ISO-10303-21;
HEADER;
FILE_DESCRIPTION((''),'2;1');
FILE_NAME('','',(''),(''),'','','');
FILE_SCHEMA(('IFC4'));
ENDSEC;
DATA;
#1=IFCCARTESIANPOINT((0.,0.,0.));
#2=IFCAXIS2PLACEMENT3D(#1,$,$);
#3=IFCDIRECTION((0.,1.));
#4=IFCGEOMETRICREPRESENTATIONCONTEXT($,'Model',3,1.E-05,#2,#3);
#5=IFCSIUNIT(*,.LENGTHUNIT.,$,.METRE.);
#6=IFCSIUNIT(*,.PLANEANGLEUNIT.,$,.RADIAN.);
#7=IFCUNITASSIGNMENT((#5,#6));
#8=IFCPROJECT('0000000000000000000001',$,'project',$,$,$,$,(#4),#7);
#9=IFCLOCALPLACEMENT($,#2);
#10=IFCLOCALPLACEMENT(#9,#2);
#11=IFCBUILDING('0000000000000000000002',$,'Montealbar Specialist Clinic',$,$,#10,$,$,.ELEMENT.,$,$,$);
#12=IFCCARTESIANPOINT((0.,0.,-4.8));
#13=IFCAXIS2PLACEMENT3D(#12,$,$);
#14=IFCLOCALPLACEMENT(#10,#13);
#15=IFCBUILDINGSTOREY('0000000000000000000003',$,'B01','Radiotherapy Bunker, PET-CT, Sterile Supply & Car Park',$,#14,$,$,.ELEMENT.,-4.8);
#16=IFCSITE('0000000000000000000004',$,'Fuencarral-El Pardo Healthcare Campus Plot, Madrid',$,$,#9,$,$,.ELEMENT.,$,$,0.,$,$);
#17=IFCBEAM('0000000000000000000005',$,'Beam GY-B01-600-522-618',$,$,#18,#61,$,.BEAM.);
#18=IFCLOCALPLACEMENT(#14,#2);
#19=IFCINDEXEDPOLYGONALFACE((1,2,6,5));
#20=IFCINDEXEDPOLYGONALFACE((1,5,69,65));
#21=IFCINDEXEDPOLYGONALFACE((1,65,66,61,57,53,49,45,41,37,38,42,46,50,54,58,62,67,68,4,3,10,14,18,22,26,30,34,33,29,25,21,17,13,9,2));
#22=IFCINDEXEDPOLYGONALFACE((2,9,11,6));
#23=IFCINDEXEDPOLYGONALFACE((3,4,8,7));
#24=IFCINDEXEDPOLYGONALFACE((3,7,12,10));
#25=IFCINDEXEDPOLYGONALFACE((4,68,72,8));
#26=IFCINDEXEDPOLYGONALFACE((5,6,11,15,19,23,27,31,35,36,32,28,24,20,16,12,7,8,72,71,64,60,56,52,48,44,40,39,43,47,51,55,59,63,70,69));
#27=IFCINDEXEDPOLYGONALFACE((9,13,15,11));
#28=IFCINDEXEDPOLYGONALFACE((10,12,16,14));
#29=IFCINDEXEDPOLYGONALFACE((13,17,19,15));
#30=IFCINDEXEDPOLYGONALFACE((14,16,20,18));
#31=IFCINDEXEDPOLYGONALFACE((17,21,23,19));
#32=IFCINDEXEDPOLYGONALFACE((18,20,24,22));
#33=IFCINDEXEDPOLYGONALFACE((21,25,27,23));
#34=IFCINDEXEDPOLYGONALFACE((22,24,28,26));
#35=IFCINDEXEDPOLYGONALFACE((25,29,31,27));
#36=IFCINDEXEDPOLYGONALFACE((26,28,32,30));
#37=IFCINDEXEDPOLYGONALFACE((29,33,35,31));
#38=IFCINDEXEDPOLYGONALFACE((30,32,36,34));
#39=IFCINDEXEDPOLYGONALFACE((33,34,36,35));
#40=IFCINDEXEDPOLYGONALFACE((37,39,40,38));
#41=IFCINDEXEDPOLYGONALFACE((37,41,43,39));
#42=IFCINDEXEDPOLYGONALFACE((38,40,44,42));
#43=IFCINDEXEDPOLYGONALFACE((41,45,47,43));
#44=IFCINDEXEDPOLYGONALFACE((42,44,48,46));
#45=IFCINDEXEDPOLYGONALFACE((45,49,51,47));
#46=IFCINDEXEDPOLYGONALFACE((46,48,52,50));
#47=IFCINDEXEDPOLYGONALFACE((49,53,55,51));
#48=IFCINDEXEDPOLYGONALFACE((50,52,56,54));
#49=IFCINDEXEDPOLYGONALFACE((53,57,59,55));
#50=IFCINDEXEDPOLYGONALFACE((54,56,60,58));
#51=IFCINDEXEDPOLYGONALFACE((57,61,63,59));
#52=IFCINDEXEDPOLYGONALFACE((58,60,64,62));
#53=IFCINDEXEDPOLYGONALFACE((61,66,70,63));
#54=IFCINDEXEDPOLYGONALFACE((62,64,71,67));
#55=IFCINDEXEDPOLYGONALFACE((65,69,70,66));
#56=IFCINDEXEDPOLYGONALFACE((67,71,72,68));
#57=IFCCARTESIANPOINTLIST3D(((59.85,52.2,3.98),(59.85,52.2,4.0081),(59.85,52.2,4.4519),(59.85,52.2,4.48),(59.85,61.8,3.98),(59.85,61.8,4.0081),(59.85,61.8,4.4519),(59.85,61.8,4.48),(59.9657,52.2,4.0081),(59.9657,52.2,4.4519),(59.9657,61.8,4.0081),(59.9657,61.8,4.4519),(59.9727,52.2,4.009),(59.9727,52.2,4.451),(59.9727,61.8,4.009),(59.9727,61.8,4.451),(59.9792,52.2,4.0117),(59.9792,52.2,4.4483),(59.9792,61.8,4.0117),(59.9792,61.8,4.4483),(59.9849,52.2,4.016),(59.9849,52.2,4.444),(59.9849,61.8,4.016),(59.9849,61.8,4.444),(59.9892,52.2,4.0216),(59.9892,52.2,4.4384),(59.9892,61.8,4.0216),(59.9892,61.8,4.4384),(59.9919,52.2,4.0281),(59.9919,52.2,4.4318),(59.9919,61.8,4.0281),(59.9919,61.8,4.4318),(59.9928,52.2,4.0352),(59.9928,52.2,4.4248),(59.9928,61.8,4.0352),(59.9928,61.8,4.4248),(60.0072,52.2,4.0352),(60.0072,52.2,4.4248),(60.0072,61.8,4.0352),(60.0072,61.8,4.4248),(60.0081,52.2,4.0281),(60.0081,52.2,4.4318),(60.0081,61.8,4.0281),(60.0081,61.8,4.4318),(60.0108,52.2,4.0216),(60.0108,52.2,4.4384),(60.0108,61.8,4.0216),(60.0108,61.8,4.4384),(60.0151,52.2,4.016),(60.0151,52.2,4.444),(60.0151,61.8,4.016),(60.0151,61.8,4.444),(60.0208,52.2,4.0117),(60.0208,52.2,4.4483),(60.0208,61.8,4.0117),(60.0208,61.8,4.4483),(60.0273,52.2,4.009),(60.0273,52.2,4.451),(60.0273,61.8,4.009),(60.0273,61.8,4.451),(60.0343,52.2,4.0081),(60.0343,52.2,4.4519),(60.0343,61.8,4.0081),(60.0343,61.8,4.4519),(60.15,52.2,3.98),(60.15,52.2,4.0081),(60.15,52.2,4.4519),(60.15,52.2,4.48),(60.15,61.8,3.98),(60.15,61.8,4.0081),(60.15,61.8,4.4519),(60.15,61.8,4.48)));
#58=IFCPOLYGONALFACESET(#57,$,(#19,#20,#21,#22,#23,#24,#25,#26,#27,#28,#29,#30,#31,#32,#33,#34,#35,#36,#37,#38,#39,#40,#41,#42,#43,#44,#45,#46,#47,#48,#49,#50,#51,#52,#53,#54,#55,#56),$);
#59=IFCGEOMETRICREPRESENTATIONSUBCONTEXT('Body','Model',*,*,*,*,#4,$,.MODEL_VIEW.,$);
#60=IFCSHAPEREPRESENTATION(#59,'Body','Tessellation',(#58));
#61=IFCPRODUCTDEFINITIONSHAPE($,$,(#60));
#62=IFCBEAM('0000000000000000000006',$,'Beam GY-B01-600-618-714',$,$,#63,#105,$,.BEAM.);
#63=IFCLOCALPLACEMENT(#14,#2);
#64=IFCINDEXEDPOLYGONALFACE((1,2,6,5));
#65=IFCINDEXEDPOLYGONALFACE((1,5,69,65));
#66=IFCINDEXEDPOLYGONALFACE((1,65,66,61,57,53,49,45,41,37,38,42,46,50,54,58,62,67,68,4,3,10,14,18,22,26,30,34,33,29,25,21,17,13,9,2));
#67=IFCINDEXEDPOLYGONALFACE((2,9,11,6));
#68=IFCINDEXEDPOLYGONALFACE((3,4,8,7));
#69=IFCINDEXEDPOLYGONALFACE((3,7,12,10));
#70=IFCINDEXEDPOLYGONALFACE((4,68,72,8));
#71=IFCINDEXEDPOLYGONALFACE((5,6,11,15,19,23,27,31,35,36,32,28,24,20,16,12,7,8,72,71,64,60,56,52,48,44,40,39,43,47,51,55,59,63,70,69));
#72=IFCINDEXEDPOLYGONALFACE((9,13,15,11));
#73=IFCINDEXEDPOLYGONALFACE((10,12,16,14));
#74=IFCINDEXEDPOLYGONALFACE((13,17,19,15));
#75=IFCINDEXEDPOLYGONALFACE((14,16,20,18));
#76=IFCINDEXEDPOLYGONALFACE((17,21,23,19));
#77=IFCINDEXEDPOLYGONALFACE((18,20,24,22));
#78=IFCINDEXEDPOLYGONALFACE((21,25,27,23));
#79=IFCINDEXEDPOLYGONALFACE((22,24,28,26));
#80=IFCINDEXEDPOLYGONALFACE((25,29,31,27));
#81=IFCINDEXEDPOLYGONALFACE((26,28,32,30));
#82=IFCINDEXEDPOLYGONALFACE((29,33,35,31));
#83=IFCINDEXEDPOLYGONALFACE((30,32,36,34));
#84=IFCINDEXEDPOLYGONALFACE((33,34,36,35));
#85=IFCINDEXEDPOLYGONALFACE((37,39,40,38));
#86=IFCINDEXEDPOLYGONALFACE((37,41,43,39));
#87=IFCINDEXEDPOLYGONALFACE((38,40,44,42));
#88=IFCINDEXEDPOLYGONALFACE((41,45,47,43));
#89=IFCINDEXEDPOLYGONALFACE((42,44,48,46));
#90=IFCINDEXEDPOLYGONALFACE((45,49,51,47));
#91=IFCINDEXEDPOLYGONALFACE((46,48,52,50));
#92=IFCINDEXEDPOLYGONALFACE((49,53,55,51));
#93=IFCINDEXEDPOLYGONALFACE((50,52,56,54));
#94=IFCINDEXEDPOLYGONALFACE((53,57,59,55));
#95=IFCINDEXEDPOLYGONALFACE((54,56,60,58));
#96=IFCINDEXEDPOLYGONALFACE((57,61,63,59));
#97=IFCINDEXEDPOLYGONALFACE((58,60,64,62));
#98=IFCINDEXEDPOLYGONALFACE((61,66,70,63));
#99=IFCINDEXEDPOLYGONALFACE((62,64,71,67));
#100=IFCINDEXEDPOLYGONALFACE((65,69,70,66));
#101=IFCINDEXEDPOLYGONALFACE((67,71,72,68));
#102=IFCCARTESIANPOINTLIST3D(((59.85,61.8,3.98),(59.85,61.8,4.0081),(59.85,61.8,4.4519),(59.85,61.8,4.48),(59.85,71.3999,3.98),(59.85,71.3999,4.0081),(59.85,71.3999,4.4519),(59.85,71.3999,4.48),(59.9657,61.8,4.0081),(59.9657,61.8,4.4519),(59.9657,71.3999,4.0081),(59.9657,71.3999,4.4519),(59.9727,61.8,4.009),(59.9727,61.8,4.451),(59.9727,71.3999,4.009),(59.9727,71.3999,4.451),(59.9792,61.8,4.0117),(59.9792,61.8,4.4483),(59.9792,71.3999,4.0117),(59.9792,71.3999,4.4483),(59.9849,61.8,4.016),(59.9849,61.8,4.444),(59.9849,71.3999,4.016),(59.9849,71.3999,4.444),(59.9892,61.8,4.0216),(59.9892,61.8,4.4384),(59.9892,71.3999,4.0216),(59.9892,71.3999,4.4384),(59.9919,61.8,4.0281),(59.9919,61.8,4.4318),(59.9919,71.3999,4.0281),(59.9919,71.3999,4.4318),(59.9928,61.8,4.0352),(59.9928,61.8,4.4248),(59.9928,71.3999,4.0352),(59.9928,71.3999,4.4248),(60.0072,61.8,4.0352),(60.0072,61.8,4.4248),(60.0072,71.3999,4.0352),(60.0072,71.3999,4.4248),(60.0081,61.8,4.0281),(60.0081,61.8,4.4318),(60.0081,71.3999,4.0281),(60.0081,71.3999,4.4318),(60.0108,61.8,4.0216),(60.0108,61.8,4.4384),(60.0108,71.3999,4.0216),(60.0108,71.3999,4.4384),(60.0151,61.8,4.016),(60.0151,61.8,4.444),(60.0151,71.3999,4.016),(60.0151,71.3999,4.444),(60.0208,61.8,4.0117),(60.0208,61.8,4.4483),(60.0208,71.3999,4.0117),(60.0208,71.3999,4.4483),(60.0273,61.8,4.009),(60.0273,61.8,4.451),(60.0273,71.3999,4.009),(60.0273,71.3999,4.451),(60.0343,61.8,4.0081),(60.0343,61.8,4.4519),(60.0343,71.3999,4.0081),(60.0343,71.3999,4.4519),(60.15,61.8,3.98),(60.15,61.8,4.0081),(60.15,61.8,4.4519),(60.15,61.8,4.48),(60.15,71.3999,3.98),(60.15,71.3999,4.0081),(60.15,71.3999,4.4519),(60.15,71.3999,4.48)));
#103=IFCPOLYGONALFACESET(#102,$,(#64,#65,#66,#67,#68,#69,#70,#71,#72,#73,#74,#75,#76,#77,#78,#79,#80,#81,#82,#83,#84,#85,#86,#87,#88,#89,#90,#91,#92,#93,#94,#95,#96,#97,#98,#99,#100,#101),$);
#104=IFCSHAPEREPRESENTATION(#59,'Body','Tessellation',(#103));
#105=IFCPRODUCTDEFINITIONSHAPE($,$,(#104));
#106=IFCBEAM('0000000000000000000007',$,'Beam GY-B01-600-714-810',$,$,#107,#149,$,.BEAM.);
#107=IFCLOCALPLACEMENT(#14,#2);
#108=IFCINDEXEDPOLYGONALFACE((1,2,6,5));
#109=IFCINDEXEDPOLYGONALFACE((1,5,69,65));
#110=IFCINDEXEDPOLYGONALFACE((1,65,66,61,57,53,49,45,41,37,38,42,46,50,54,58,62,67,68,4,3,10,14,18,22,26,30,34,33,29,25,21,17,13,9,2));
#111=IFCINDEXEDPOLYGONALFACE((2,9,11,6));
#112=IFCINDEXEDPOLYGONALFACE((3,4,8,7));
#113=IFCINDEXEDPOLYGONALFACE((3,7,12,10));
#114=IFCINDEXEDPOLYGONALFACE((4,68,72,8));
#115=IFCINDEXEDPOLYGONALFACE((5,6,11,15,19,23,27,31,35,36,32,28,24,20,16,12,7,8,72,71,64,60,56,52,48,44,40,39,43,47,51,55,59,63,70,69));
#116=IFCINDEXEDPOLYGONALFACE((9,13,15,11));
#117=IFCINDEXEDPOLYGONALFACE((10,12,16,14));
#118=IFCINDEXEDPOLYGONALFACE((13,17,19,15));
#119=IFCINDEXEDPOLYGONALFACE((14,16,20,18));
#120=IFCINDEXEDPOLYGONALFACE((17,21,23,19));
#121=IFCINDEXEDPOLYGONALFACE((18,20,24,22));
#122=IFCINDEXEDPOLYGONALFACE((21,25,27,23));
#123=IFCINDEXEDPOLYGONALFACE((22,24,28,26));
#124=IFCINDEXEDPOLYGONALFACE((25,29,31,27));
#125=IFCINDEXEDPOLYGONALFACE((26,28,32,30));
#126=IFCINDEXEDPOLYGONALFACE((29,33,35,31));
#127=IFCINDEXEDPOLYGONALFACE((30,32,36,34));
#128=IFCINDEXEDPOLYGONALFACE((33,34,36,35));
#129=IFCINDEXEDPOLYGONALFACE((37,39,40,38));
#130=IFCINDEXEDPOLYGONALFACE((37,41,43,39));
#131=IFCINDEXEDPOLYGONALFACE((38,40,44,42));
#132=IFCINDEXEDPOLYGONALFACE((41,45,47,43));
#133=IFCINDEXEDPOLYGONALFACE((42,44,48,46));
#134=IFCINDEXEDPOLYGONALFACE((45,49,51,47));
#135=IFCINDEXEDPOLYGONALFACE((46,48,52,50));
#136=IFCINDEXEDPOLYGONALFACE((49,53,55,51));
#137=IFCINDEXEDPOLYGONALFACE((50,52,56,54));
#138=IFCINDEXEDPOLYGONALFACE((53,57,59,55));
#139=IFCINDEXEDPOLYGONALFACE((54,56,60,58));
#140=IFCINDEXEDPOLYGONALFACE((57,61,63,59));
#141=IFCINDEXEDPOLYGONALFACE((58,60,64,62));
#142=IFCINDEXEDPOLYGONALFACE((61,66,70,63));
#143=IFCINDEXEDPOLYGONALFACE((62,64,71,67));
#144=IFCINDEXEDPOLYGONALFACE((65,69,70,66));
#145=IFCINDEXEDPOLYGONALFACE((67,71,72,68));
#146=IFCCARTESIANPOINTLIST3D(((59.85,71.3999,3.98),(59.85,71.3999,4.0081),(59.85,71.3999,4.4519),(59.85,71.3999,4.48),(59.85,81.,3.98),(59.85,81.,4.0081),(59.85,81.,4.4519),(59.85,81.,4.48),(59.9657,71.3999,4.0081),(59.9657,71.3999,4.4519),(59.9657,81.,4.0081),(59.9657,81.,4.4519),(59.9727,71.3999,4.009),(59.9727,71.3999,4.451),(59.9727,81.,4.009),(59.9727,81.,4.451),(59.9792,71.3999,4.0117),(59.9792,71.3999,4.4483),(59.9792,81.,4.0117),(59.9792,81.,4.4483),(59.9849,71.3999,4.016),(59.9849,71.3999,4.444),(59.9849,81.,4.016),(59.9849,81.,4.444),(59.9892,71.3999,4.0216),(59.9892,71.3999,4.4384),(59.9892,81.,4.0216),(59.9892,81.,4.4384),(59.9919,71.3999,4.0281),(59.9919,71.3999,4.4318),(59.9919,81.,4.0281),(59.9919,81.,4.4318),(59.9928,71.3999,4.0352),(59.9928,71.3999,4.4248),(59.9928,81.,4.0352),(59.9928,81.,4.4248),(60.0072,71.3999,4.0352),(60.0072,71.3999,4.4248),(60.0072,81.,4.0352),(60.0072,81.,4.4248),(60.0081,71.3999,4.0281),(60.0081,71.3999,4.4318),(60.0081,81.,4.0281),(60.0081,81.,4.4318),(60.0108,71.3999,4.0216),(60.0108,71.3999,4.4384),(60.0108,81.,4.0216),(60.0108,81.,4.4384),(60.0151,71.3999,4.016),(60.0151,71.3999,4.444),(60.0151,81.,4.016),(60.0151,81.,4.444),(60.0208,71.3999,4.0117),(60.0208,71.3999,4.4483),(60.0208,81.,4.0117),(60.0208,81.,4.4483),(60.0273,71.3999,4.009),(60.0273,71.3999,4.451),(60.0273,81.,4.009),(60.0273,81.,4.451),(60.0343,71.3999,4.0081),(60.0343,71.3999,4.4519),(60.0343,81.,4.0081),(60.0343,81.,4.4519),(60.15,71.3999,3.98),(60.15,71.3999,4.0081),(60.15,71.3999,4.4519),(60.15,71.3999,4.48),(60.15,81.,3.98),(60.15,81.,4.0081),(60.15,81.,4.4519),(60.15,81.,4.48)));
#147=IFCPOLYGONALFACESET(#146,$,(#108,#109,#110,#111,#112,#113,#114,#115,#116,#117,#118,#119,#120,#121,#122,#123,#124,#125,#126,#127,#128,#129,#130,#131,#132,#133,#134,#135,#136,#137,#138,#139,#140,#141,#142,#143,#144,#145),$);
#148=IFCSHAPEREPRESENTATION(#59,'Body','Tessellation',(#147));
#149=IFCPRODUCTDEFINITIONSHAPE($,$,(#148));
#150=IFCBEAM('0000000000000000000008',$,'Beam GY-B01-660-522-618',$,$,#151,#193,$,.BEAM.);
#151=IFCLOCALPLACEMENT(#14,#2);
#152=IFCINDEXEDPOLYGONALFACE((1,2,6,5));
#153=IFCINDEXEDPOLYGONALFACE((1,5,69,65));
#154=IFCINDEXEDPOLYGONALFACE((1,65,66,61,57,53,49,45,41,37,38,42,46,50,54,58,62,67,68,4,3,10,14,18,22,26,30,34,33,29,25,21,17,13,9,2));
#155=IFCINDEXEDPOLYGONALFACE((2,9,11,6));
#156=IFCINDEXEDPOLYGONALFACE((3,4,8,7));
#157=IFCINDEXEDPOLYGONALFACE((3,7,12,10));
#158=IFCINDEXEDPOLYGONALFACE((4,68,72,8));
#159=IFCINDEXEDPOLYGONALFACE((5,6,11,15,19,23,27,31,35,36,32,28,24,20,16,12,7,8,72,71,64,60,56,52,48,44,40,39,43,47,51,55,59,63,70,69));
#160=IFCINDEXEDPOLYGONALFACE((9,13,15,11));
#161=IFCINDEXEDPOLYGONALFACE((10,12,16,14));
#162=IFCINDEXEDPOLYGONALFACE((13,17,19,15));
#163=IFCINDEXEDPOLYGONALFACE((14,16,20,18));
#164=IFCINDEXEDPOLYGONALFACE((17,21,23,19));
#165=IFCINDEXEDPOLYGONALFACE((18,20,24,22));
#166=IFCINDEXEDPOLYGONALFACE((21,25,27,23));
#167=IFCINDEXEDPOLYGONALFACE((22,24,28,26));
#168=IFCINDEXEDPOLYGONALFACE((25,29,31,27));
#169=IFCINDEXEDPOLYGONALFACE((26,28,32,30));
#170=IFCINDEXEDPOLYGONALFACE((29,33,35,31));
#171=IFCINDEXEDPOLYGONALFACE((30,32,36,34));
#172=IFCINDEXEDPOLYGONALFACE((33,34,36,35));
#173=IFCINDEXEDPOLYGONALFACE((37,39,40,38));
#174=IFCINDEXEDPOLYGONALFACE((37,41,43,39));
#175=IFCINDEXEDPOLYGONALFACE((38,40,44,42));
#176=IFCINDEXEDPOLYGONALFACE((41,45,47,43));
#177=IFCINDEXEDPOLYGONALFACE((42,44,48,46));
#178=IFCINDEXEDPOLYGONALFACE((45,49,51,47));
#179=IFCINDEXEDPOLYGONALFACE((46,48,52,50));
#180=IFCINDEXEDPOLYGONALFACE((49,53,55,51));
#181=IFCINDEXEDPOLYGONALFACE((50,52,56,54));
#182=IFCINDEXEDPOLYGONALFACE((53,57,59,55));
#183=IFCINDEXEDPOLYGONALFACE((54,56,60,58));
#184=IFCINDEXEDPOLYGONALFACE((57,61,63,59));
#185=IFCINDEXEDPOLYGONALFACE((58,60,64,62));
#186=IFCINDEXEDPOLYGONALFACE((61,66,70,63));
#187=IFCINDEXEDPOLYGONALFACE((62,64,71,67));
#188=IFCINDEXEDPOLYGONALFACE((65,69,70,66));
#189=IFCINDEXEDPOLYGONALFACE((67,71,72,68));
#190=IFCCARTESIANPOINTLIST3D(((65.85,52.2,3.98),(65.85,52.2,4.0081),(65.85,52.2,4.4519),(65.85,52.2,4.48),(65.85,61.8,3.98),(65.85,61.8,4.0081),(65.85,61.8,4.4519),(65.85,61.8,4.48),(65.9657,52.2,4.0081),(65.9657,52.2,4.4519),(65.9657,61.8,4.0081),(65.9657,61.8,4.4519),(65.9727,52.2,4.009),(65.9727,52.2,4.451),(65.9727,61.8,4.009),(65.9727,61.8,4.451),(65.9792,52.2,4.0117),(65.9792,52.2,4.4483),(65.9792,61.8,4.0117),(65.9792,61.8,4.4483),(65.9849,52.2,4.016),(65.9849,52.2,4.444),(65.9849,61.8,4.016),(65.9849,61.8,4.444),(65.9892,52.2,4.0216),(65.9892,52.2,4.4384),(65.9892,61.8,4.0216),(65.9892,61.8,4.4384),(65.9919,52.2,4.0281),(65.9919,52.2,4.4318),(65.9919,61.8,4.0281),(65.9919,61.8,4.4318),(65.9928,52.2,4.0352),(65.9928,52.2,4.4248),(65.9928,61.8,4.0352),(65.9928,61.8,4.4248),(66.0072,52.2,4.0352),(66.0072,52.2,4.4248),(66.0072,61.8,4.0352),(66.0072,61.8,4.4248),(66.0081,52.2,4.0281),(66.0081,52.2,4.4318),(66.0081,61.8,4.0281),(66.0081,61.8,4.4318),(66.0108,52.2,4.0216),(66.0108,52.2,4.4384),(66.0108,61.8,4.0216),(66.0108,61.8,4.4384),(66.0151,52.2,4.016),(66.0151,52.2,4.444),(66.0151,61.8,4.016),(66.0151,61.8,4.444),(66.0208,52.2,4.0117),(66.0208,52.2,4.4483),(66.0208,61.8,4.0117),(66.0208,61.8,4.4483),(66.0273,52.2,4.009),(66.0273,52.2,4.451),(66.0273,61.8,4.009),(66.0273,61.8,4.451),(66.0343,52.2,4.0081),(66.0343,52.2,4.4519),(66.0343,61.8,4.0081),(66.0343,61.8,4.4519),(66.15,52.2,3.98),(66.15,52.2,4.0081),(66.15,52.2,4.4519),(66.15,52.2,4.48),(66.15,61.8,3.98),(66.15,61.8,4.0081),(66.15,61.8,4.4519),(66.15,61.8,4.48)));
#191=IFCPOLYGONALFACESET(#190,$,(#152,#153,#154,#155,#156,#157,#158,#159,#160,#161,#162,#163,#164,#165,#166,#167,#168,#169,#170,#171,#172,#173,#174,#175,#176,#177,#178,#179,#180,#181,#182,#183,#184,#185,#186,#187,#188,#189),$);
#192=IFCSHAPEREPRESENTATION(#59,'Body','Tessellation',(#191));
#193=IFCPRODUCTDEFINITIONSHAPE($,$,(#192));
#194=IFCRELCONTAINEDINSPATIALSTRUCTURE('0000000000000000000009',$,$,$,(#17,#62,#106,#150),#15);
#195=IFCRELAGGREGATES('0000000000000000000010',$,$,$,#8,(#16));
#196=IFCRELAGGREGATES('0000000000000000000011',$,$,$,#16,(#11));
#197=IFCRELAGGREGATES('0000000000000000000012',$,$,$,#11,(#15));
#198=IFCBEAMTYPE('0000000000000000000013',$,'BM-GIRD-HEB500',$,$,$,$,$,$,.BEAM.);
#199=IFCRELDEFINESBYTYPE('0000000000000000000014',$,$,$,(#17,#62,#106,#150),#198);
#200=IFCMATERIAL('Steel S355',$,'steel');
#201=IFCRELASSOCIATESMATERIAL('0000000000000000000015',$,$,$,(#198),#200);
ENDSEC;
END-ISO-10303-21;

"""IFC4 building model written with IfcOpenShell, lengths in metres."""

from ifc_helpers import new_model, si_unit, direction, frame, origin, origin_2d, place, context, subcontext, project, spatial, i_section, extrude, material, material_profile, profile_set, type_object, element, save


model = new_model("IFC4")

# Units and contexts
model_context = context("Model", 3, precision=1e-05, world=origin(), true_north=direction((0.0, 1.0)))
body_context = subcontext(model_context, "Body", "Model", "MODEL_VIEW")
ifc_project = project(units=[si_unit("LENGTHUNIT", "METRE"), si_unit("PLANEANGLEUNIT", "RADIAN")], contexts=[model_context])

# Site, building, storey
site_placement = place(None, origin())
site = spatial("IfcSite", under=ifc_project, at=site_placement, Name="Fuencarral-El Pardo Healthcare Campus Plot, Madrid", CompositionType="ELEMENT", RefElevation=0.0)
building_placement = place(site_placement, origin())
building = spatial("IfcBuilding", under=site, at=building_placement, Name="Montealbar Specialist Clinic", CompositionType="ELEMENT")
storey_placement = place(building_placement, frame((0.0, 0.0, -4.8)))
storey = spatial("IfcBuildingStorey", under=building, at=storey_placement, Name="B01", Description="Radiotherapy Bunker, PET-CT, Sterile Supply & Car Park", CompositionType="ELEMENT", Elevation=-4.8)

# Shared definitions
ifc_material_1 = material(Name="Steel S355", Category="steel")

# Beams
ifc_material_profile_1 = material_profile(ifc_material_1, i_section(OverallWidth=0.3, OverallDepth=0.5, WebThickness=0.0144, FlangeThickness=0.0281, FilletRadius=0.0271, at=origin_2d()), Name="HEB 500", Category="steel")
ifc_profile_set_1 = profile_set([ifc_material_profile_1], Name="Steel S355")
beam_type_1 = type_object("IfcBeamType", Name="BM-GIRD-HEB500", PredefinedType="BEAM", material=ifc_profile_set_1)
beam_1_placement = place(storey_placement, frame((60.0, 52.2, 4.23), z_axis=(0.0, 1.0, 0.0), x_axis=(-1.0, 0.0, 0.0)))
element("IfcBeam", 1, at=beam_1_placement, inside=storey, type_object=beam_type_1, Name="Beam GY-B01-600-522-618", PredefinedType="BEAM", context=body_context, shape_type="SweptSolid", body=[
    extrude(i_section(OverallWidth=0.3, OverallDepth=0.5, WebThickness=0.0144, FlangeThickness=0.0281, FilletRadius=0.0271, at=origin_2d()), origin(), (0.0, 0.0, 1.0), 9.6001),
])
beam_2_placement = place(storey_placement, frame((60.0, 61.8, 4.23), z_axis=(0.0, 1.0, 0.0), x_axis=(-1.0, 0.0, 0.0)))
element("IfcBeam", 2, at=beam_2_placement, inside=storey, type_object=beam_type_1, Name="Beam GY-B01-600-618-714", PredefinedType="BEAM", context=body_context, shape_type="SweptSolid", body=[
    extrude(i_section(OverallWidth=0.3, OverallDepth=0.5, WebThickness=0.0144, FlangeThickness=0.0281, FilletRadius=0.0271, at=origin_2d()), origin(), (0.0, 0.0, 1.0), 9.5999),
])
for number, where, z_axis, x_axis, name in (
    (3, (60.0, 71.3999, 4.23), (0.0, 1.0, 0.0), (-1.0, 0.0, 0.0), "Beam GY-B01-600-714-810"),
    (4, (66.0, 52.2, 4.23), (0.0, 1.0, 0.0), (-1.0, 0.0, 0.0), "Beam GY-B01-660-522-618"),
):
    element("IfcBeam", number, at=place(storey_placement, frame(where, z_axis=z_axis, x_axis=x_axis)), inside=storey, type_object=beam_type_1, Name=name, PredefinedType="BEAM", context=body_context, shape_type="SweptSolid", body=[
        extrude(i_section(OverallWidth=0.3, OverallDepth=0.5, WebThickness=0.0144, FlangeThickness=0.0281, FilletRadius=0.0271, at=origin_2d()), origin(), (0.0, 0.0, 1.0), 9.6001),
    ])

save(model, "model.ifc")
